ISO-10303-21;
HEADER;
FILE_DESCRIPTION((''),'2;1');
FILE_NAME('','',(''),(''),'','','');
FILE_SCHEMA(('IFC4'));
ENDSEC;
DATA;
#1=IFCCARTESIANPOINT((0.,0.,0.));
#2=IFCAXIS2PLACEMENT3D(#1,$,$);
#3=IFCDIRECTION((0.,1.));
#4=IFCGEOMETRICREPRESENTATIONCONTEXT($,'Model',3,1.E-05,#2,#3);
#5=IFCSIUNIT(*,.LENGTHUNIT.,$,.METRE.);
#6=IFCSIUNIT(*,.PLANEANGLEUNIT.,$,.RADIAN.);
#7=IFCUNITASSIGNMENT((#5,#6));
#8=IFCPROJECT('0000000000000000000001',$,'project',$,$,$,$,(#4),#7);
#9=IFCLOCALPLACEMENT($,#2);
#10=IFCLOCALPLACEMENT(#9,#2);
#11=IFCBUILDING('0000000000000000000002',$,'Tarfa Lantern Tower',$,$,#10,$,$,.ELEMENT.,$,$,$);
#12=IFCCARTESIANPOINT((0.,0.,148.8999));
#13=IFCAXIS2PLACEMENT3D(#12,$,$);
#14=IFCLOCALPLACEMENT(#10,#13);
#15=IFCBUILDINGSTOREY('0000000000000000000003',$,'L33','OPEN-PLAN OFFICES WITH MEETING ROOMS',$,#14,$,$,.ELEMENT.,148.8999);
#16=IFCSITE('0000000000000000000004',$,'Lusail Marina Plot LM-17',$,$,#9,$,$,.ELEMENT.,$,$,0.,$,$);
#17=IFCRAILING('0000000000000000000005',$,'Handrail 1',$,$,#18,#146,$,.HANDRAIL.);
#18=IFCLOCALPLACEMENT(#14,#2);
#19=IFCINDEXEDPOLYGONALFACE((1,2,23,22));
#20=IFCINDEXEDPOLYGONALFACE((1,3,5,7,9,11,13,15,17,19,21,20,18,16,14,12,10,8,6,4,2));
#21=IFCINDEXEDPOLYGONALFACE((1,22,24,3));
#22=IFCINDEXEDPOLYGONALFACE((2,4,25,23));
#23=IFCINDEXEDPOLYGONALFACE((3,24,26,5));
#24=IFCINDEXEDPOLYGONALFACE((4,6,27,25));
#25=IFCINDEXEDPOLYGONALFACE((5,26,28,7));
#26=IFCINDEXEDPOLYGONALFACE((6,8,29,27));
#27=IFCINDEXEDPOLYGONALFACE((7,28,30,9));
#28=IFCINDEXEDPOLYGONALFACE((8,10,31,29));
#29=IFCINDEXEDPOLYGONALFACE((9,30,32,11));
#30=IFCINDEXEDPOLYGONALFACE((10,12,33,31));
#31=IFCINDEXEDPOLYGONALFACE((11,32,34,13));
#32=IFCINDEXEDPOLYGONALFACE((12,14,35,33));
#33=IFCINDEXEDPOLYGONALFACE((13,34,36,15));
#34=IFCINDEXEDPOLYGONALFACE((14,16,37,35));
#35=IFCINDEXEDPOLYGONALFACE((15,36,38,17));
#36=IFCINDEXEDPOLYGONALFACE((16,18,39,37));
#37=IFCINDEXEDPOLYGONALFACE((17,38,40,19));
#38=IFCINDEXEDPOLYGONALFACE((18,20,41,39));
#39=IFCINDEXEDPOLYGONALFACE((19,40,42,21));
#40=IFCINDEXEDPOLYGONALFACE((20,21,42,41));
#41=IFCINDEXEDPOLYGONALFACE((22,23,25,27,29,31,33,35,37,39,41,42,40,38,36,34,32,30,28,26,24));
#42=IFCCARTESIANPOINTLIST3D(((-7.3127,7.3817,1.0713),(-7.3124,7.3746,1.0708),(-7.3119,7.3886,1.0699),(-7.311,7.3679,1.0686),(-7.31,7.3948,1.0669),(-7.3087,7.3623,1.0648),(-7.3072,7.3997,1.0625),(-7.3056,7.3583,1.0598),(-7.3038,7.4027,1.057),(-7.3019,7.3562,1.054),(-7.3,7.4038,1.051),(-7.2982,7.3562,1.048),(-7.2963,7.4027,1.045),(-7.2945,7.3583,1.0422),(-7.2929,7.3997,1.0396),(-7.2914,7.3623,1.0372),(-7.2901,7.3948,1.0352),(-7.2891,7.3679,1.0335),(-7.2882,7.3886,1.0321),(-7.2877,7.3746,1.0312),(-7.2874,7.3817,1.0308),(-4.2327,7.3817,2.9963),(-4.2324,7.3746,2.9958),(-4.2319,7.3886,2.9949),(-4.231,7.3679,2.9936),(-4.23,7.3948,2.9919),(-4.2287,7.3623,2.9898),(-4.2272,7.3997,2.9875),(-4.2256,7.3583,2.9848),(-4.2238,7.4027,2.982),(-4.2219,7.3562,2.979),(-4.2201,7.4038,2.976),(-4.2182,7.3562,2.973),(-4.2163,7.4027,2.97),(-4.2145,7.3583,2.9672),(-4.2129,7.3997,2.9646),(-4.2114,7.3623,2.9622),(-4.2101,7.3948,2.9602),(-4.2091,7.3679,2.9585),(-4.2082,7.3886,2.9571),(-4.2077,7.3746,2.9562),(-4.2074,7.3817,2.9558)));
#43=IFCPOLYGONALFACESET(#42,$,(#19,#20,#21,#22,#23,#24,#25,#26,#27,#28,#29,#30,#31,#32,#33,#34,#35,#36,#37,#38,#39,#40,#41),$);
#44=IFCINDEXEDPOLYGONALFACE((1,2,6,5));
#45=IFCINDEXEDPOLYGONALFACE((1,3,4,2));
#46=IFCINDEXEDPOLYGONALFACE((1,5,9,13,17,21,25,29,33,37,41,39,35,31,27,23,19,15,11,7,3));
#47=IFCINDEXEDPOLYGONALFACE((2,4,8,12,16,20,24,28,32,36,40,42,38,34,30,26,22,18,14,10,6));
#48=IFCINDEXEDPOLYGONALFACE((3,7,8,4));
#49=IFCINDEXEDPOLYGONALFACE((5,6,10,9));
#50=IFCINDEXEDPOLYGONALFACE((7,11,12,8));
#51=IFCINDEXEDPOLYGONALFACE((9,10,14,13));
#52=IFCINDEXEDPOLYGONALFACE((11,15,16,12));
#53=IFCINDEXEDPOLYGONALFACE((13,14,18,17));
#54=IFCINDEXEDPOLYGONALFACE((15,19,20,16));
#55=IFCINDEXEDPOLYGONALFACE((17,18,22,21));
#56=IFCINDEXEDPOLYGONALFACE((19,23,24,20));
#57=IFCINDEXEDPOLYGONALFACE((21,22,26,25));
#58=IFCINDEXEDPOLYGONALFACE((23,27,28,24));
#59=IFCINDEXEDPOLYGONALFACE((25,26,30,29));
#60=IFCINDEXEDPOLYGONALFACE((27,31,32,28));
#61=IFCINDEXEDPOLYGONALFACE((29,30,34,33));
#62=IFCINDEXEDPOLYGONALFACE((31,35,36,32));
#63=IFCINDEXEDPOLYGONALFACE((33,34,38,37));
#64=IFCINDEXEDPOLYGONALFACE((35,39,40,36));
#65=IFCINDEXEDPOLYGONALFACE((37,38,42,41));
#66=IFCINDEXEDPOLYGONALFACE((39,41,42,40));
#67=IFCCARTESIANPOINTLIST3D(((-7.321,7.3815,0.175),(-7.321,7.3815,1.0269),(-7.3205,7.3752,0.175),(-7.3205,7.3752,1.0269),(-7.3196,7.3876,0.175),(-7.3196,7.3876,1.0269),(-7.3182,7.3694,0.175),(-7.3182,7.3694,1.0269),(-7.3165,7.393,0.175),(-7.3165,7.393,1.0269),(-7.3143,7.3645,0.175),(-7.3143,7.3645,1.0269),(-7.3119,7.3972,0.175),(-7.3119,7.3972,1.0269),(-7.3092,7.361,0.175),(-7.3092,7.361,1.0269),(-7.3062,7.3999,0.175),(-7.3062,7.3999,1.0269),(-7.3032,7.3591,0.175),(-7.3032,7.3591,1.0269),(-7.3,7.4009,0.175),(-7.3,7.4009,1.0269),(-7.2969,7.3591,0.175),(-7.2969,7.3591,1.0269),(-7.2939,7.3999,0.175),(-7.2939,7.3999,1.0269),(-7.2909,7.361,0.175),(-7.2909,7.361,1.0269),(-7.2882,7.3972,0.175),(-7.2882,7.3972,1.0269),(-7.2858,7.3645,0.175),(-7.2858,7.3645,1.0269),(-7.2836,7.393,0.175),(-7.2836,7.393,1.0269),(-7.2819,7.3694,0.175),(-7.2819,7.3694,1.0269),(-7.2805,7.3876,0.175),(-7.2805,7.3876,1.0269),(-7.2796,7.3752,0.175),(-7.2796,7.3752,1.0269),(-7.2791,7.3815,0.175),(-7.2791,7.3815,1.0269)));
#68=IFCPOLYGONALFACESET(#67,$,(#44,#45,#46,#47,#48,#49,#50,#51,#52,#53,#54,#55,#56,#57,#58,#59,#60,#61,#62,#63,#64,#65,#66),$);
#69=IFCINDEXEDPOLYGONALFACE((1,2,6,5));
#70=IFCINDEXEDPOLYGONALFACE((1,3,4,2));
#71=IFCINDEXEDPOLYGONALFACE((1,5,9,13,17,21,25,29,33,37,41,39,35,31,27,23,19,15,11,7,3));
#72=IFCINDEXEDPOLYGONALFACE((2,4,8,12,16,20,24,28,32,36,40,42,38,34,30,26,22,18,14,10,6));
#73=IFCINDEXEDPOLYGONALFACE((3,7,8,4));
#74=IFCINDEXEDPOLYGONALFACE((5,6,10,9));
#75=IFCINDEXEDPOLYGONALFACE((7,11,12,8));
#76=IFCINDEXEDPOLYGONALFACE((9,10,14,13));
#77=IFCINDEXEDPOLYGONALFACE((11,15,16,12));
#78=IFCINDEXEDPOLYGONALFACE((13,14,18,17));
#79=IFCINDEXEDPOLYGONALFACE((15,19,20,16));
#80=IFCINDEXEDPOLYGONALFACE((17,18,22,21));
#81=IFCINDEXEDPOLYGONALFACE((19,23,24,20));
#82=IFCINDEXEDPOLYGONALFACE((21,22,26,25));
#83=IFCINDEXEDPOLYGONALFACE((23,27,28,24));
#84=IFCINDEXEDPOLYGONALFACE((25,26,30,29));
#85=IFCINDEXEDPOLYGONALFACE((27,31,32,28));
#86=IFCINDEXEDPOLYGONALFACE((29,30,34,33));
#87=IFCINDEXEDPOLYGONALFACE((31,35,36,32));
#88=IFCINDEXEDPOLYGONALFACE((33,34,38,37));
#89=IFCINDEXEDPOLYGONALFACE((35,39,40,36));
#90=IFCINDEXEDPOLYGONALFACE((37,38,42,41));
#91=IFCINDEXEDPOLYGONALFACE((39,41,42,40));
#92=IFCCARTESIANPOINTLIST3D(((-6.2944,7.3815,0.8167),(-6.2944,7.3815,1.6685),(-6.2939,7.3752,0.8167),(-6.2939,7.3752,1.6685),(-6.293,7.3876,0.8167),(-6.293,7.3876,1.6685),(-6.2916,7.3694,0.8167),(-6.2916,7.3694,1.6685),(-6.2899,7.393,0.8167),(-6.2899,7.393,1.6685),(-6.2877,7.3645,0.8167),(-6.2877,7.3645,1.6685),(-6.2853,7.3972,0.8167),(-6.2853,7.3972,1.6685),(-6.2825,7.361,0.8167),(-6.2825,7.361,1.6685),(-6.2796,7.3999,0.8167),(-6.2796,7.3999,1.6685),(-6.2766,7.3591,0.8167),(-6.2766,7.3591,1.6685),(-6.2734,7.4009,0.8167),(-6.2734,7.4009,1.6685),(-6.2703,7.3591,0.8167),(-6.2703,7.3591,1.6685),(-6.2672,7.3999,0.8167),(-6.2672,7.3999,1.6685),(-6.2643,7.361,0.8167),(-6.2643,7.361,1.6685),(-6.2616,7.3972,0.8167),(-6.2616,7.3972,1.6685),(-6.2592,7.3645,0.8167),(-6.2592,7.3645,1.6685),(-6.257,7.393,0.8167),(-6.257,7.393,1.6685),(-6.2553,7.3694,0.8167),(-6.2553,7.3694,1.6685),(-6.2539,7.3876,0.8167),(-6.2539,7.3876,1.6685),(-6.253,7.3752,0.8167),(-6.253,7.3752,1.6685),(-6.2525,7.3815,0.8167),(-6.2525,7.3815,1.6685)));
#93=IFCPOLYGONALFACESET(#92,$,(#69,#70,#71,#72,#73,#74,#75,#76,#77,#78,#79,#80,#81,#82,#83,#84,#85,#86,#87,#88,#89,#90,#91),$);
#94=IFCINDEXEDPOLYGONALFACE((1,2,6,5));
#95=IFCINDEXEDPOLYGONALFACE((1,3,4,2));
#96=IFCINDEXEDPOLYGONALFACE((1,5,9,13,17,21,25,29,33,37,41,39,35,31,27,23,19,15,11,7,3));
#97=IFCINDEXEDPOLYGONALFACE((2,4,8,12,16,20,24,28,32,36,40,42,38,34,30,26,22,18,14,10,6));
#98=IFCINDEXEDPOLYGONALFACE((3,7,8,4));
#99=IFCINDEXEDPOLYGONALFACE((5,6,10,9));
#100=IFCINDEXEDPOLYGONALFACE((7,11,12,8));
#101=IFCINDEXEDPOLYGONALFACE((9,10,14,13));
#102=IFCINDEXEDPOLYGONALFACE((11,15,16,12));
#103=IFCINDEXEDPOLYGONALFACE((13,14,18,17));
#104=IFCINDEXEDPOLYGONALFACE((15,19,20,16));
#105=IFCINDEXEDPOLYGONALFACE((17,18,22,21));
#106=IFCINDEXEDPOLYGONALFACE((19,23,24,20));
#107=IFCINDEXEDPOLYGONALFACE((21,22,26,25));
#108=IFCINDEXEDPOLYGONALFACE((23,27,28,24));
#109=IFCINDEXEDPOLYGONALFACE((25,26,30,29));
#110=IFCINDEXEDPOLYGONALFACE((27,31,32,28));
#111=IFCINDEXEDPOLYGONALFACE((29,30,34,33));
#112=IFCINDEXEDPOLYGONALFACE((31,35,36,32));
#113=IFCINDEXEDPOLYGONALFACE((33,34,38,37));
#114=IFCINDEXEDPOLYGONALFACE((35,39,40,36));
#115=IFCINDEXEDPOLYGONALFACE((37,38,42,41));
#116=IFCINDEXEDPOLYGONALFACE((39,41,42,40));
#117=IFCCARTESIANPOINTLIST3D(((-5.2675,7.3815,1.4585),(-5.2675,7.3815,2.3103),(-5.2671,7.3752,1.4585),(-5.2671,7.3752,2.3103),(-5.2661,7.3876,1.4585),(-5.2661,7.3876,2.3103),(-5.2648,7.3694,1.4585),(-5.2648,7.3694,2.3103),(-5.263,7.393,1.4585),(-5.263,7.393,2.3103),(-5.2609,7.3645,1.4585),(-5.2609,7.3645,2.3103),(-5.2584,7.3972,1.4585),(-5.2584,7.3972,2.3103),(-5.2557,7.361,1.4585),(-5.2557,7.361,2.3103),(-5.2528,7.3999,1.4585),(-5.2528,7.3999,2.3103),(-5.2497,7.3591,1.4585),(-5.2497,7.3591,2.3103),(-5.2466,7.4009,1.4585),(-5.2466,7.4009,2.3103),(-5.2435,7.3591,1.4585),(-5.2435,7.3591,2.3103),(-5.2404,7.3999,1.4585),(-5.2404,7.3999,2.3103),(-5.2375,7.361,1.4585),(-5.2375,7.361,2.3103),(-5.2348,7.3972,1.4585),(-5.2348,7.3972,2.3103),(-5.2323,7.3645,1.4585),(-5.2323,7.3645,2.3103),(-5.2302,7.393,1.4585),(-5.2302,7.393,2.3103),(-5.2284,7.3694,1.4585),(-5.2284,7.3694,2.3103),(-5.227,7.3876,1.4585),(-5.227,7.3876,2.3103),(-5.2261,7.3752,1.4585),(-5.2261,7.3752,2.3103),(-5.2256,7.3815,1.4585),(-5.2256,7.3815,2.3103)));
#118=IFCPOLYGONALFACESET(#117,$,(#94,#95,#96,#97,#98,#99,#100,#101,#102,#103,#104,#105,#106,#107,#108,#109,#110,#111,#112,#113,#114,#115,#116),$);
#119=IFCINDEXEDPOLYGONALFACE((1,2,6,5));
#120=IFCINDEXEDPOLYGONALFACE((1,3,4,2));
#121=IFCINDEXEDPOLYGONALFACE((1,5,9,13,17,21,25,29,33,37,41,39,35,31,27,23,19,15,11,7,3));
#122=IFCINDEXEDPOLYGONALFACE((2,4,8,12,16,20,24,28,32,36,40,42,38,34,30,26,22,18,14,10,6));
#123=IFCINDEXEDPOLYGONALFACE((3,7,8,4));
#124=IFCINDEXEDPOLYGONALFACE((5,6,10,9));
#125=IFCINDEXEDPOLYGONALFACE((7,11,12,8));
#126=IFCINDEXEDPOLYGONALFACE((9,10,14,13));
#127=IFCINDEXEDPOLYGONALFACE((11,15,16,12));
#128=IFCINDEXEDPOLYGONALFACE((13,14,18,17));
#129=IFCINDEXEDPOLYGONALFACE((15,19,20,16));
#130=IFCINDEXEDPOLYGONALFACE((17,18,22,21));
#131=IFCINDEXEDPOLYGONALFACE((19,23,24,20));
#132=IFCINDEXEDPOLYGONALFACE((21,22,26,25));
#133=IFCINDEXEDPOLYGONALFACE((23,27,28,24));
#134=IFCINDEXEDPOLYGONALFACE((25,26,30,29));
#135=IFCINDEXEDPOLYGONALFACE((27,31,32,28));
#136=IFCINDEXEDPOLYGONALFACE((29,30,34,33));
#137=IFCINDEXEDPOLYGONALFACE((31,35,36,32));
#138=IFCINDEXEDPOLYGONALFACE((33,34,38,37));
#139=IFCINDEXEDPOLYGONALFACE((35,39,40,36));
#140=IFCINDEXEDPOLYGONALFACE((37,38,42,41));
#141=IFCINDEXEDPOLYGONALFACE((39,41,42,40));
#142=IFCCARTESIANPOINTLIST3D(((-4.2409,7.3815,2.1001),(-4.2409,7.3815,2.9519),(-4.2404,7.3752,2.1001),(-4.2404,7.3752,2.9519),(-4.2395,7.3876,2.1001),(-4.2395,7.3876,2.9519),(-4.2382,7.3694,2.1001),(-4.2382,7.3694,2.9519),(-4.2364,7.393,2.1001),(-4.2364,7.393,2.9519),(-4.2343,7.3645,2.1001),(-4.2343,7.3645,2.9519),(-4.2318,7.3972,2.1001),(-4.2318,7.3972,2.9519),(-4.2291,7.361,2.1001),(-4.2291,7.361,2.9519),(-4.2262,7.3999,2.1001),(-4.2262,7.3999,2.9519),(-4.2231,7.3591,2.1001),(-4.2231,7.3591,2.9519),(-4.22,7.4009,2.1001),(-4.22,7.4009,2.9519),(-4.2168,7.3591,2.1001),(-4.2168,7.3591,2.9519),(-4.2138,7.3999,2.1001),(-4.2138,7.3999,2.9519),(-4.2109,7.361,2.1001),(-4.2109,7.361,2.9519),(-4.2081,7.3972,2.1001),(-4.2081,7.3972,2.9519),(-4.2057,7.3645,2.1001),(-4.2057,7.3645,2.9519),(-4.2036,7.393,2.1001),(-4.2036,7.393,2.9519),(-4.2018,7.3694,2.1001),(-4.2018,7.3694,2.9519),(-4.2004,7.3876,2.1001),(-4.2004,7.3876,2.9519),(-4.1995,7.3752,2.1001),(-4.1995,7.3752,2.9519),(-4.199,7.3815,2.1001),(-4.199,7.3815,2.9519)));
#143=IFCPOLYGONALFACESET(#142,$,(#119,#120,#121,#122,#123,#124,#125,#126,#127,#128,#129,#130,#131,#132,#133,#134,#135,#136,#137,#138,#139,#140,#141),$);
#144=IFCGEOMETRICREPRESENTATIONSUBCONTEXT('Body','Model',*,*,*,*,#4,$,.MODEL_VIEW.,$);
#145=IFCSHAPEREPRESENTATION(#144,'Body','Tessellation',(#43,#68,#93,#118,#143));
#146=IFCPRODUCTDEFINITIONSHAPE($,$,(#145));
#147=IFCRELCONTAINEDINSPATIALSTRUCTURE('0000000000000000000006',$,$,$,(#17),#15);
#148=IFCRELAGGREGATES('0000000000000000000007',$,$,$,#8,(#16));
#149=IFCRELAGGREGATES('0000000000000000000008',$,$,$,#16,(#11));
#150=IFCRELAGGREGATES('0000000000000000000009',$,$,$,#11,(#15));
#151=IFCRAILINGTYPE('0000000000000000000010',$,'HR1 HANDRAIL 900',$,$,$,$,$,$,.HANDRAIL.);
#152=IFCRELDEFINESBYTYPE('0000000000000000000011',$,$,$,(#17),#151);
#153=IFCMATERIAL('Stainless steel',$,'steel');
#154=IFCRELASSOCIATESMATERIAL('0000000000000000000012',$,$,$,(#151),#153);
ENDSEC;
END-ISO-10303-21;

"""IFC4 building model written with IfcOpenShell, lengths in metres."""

from ifc_helpers import new_model, si_unit, direction, frame, origin, origin_2d, place, context, subcontext, project, spatial, circle, extrude, material, type_object, element, save


model = new_model("IFC4")

# Units and contexts
model_context = context("Model", 3, precision=1e-05, world=origin(), true_north=direction((0.0, 1.0)))
body_context = subcontext(model_context, "Body", "Model", "MODEL_VIEW")
ifc_project = project(units=[si_unit("LENGTHUNIT", "METRE"), si_unit("PLANEANGLEUNIT", "RADIAN")], contexts=[model_context])

# Site, building, storey
site_placement = place(None, origin())
site = spatial("IfcSite", under=ifc_project, at=site_placement, Name="Lusail Marina Plot LM-17", CompositionType="ELEMENT", RefElevation=0.0)
building_placement = place(site_placement, origin())
building = spatial("IfcBuilding", under=site, at=building_placement, Name="Tarfa Lantern Tower", CompositionType="ELEMENT")
storey_placement = place(building_placement, frame((0.0, 0.0, 148.8999)))
storey = spatial("IfcBuildingStorey", under=building, at=storey_placement, Name="L33", Description="OPEN-PLAN OFFICES WITH MEETING ROOMS", CompositionType="ELEMENT", Elevation=148.8999)

# Railing
ifc_material_1 = material(Name="Stainless steel", Category="steel")
railing_type = type_object("IfcRailingType", Name="HR1 HANDRAIL 900", PredefinedType="HANDRAIL", material=ifc_material_1)
railing_1_placement = place(storey_placement, frame((-7.3, 7.3799, 0.175)))
element("IfcRailing", 1, at=railing_1_placement, inside=storey, type_object=railing_type, Name="Handrail 1", PredefinedType="HANDRAIL", context=body_context, shape_type="SweptSolid", body=[
    extrude(circle(Radius=0.0239, at=origin_2d()), frame((0.0, 0.0, 0.876), z_axis=(0.847998, 0.0, 0.529999), x_axis=(0.0, 1.0, 0.0)), (0.0, 0.0, 1.0), 3.6321),
    extrude(circle(Radius=0.021, at=origin_2d()), frame((0.0, 0.0, 0.0), z_axis=(0.0, 0.0, 1.0), x_axis=(0.0, 1.0, 0.0)), (0.0, 0.0, 1.0), 0.8518),
    extrude(circle(Radius=0.021, at=origin_2d()), frame((1.0266, 0.0, 0.6416), z_axis=(0.0, 0.0, 1.0), x_axis=(0.0, 1.0, 0.0)), (0.0, 0.0, 1.0), 0.8518),
    extrude(circle(Radius=0.021, at=origin_2d()), frame((2.0535, 0.0, 1.2834), z_axis=(0.0, 0.0, 1.0), x_axis=(0.0, 1.0, 0.0)), (0.0, 0.0, 1.0), 0.8518),
    extrude(circle(Radius=0.021, at=origin_2d()), frame((3.0801, 0.0, 1.925), z_axis=(0.0, 0.0, 1.0), x_axis=(0.0, 1.0, 0.0)), (0.0, 0.0, 1.0), 0.8518),
])

save(model, "model.ifc")
